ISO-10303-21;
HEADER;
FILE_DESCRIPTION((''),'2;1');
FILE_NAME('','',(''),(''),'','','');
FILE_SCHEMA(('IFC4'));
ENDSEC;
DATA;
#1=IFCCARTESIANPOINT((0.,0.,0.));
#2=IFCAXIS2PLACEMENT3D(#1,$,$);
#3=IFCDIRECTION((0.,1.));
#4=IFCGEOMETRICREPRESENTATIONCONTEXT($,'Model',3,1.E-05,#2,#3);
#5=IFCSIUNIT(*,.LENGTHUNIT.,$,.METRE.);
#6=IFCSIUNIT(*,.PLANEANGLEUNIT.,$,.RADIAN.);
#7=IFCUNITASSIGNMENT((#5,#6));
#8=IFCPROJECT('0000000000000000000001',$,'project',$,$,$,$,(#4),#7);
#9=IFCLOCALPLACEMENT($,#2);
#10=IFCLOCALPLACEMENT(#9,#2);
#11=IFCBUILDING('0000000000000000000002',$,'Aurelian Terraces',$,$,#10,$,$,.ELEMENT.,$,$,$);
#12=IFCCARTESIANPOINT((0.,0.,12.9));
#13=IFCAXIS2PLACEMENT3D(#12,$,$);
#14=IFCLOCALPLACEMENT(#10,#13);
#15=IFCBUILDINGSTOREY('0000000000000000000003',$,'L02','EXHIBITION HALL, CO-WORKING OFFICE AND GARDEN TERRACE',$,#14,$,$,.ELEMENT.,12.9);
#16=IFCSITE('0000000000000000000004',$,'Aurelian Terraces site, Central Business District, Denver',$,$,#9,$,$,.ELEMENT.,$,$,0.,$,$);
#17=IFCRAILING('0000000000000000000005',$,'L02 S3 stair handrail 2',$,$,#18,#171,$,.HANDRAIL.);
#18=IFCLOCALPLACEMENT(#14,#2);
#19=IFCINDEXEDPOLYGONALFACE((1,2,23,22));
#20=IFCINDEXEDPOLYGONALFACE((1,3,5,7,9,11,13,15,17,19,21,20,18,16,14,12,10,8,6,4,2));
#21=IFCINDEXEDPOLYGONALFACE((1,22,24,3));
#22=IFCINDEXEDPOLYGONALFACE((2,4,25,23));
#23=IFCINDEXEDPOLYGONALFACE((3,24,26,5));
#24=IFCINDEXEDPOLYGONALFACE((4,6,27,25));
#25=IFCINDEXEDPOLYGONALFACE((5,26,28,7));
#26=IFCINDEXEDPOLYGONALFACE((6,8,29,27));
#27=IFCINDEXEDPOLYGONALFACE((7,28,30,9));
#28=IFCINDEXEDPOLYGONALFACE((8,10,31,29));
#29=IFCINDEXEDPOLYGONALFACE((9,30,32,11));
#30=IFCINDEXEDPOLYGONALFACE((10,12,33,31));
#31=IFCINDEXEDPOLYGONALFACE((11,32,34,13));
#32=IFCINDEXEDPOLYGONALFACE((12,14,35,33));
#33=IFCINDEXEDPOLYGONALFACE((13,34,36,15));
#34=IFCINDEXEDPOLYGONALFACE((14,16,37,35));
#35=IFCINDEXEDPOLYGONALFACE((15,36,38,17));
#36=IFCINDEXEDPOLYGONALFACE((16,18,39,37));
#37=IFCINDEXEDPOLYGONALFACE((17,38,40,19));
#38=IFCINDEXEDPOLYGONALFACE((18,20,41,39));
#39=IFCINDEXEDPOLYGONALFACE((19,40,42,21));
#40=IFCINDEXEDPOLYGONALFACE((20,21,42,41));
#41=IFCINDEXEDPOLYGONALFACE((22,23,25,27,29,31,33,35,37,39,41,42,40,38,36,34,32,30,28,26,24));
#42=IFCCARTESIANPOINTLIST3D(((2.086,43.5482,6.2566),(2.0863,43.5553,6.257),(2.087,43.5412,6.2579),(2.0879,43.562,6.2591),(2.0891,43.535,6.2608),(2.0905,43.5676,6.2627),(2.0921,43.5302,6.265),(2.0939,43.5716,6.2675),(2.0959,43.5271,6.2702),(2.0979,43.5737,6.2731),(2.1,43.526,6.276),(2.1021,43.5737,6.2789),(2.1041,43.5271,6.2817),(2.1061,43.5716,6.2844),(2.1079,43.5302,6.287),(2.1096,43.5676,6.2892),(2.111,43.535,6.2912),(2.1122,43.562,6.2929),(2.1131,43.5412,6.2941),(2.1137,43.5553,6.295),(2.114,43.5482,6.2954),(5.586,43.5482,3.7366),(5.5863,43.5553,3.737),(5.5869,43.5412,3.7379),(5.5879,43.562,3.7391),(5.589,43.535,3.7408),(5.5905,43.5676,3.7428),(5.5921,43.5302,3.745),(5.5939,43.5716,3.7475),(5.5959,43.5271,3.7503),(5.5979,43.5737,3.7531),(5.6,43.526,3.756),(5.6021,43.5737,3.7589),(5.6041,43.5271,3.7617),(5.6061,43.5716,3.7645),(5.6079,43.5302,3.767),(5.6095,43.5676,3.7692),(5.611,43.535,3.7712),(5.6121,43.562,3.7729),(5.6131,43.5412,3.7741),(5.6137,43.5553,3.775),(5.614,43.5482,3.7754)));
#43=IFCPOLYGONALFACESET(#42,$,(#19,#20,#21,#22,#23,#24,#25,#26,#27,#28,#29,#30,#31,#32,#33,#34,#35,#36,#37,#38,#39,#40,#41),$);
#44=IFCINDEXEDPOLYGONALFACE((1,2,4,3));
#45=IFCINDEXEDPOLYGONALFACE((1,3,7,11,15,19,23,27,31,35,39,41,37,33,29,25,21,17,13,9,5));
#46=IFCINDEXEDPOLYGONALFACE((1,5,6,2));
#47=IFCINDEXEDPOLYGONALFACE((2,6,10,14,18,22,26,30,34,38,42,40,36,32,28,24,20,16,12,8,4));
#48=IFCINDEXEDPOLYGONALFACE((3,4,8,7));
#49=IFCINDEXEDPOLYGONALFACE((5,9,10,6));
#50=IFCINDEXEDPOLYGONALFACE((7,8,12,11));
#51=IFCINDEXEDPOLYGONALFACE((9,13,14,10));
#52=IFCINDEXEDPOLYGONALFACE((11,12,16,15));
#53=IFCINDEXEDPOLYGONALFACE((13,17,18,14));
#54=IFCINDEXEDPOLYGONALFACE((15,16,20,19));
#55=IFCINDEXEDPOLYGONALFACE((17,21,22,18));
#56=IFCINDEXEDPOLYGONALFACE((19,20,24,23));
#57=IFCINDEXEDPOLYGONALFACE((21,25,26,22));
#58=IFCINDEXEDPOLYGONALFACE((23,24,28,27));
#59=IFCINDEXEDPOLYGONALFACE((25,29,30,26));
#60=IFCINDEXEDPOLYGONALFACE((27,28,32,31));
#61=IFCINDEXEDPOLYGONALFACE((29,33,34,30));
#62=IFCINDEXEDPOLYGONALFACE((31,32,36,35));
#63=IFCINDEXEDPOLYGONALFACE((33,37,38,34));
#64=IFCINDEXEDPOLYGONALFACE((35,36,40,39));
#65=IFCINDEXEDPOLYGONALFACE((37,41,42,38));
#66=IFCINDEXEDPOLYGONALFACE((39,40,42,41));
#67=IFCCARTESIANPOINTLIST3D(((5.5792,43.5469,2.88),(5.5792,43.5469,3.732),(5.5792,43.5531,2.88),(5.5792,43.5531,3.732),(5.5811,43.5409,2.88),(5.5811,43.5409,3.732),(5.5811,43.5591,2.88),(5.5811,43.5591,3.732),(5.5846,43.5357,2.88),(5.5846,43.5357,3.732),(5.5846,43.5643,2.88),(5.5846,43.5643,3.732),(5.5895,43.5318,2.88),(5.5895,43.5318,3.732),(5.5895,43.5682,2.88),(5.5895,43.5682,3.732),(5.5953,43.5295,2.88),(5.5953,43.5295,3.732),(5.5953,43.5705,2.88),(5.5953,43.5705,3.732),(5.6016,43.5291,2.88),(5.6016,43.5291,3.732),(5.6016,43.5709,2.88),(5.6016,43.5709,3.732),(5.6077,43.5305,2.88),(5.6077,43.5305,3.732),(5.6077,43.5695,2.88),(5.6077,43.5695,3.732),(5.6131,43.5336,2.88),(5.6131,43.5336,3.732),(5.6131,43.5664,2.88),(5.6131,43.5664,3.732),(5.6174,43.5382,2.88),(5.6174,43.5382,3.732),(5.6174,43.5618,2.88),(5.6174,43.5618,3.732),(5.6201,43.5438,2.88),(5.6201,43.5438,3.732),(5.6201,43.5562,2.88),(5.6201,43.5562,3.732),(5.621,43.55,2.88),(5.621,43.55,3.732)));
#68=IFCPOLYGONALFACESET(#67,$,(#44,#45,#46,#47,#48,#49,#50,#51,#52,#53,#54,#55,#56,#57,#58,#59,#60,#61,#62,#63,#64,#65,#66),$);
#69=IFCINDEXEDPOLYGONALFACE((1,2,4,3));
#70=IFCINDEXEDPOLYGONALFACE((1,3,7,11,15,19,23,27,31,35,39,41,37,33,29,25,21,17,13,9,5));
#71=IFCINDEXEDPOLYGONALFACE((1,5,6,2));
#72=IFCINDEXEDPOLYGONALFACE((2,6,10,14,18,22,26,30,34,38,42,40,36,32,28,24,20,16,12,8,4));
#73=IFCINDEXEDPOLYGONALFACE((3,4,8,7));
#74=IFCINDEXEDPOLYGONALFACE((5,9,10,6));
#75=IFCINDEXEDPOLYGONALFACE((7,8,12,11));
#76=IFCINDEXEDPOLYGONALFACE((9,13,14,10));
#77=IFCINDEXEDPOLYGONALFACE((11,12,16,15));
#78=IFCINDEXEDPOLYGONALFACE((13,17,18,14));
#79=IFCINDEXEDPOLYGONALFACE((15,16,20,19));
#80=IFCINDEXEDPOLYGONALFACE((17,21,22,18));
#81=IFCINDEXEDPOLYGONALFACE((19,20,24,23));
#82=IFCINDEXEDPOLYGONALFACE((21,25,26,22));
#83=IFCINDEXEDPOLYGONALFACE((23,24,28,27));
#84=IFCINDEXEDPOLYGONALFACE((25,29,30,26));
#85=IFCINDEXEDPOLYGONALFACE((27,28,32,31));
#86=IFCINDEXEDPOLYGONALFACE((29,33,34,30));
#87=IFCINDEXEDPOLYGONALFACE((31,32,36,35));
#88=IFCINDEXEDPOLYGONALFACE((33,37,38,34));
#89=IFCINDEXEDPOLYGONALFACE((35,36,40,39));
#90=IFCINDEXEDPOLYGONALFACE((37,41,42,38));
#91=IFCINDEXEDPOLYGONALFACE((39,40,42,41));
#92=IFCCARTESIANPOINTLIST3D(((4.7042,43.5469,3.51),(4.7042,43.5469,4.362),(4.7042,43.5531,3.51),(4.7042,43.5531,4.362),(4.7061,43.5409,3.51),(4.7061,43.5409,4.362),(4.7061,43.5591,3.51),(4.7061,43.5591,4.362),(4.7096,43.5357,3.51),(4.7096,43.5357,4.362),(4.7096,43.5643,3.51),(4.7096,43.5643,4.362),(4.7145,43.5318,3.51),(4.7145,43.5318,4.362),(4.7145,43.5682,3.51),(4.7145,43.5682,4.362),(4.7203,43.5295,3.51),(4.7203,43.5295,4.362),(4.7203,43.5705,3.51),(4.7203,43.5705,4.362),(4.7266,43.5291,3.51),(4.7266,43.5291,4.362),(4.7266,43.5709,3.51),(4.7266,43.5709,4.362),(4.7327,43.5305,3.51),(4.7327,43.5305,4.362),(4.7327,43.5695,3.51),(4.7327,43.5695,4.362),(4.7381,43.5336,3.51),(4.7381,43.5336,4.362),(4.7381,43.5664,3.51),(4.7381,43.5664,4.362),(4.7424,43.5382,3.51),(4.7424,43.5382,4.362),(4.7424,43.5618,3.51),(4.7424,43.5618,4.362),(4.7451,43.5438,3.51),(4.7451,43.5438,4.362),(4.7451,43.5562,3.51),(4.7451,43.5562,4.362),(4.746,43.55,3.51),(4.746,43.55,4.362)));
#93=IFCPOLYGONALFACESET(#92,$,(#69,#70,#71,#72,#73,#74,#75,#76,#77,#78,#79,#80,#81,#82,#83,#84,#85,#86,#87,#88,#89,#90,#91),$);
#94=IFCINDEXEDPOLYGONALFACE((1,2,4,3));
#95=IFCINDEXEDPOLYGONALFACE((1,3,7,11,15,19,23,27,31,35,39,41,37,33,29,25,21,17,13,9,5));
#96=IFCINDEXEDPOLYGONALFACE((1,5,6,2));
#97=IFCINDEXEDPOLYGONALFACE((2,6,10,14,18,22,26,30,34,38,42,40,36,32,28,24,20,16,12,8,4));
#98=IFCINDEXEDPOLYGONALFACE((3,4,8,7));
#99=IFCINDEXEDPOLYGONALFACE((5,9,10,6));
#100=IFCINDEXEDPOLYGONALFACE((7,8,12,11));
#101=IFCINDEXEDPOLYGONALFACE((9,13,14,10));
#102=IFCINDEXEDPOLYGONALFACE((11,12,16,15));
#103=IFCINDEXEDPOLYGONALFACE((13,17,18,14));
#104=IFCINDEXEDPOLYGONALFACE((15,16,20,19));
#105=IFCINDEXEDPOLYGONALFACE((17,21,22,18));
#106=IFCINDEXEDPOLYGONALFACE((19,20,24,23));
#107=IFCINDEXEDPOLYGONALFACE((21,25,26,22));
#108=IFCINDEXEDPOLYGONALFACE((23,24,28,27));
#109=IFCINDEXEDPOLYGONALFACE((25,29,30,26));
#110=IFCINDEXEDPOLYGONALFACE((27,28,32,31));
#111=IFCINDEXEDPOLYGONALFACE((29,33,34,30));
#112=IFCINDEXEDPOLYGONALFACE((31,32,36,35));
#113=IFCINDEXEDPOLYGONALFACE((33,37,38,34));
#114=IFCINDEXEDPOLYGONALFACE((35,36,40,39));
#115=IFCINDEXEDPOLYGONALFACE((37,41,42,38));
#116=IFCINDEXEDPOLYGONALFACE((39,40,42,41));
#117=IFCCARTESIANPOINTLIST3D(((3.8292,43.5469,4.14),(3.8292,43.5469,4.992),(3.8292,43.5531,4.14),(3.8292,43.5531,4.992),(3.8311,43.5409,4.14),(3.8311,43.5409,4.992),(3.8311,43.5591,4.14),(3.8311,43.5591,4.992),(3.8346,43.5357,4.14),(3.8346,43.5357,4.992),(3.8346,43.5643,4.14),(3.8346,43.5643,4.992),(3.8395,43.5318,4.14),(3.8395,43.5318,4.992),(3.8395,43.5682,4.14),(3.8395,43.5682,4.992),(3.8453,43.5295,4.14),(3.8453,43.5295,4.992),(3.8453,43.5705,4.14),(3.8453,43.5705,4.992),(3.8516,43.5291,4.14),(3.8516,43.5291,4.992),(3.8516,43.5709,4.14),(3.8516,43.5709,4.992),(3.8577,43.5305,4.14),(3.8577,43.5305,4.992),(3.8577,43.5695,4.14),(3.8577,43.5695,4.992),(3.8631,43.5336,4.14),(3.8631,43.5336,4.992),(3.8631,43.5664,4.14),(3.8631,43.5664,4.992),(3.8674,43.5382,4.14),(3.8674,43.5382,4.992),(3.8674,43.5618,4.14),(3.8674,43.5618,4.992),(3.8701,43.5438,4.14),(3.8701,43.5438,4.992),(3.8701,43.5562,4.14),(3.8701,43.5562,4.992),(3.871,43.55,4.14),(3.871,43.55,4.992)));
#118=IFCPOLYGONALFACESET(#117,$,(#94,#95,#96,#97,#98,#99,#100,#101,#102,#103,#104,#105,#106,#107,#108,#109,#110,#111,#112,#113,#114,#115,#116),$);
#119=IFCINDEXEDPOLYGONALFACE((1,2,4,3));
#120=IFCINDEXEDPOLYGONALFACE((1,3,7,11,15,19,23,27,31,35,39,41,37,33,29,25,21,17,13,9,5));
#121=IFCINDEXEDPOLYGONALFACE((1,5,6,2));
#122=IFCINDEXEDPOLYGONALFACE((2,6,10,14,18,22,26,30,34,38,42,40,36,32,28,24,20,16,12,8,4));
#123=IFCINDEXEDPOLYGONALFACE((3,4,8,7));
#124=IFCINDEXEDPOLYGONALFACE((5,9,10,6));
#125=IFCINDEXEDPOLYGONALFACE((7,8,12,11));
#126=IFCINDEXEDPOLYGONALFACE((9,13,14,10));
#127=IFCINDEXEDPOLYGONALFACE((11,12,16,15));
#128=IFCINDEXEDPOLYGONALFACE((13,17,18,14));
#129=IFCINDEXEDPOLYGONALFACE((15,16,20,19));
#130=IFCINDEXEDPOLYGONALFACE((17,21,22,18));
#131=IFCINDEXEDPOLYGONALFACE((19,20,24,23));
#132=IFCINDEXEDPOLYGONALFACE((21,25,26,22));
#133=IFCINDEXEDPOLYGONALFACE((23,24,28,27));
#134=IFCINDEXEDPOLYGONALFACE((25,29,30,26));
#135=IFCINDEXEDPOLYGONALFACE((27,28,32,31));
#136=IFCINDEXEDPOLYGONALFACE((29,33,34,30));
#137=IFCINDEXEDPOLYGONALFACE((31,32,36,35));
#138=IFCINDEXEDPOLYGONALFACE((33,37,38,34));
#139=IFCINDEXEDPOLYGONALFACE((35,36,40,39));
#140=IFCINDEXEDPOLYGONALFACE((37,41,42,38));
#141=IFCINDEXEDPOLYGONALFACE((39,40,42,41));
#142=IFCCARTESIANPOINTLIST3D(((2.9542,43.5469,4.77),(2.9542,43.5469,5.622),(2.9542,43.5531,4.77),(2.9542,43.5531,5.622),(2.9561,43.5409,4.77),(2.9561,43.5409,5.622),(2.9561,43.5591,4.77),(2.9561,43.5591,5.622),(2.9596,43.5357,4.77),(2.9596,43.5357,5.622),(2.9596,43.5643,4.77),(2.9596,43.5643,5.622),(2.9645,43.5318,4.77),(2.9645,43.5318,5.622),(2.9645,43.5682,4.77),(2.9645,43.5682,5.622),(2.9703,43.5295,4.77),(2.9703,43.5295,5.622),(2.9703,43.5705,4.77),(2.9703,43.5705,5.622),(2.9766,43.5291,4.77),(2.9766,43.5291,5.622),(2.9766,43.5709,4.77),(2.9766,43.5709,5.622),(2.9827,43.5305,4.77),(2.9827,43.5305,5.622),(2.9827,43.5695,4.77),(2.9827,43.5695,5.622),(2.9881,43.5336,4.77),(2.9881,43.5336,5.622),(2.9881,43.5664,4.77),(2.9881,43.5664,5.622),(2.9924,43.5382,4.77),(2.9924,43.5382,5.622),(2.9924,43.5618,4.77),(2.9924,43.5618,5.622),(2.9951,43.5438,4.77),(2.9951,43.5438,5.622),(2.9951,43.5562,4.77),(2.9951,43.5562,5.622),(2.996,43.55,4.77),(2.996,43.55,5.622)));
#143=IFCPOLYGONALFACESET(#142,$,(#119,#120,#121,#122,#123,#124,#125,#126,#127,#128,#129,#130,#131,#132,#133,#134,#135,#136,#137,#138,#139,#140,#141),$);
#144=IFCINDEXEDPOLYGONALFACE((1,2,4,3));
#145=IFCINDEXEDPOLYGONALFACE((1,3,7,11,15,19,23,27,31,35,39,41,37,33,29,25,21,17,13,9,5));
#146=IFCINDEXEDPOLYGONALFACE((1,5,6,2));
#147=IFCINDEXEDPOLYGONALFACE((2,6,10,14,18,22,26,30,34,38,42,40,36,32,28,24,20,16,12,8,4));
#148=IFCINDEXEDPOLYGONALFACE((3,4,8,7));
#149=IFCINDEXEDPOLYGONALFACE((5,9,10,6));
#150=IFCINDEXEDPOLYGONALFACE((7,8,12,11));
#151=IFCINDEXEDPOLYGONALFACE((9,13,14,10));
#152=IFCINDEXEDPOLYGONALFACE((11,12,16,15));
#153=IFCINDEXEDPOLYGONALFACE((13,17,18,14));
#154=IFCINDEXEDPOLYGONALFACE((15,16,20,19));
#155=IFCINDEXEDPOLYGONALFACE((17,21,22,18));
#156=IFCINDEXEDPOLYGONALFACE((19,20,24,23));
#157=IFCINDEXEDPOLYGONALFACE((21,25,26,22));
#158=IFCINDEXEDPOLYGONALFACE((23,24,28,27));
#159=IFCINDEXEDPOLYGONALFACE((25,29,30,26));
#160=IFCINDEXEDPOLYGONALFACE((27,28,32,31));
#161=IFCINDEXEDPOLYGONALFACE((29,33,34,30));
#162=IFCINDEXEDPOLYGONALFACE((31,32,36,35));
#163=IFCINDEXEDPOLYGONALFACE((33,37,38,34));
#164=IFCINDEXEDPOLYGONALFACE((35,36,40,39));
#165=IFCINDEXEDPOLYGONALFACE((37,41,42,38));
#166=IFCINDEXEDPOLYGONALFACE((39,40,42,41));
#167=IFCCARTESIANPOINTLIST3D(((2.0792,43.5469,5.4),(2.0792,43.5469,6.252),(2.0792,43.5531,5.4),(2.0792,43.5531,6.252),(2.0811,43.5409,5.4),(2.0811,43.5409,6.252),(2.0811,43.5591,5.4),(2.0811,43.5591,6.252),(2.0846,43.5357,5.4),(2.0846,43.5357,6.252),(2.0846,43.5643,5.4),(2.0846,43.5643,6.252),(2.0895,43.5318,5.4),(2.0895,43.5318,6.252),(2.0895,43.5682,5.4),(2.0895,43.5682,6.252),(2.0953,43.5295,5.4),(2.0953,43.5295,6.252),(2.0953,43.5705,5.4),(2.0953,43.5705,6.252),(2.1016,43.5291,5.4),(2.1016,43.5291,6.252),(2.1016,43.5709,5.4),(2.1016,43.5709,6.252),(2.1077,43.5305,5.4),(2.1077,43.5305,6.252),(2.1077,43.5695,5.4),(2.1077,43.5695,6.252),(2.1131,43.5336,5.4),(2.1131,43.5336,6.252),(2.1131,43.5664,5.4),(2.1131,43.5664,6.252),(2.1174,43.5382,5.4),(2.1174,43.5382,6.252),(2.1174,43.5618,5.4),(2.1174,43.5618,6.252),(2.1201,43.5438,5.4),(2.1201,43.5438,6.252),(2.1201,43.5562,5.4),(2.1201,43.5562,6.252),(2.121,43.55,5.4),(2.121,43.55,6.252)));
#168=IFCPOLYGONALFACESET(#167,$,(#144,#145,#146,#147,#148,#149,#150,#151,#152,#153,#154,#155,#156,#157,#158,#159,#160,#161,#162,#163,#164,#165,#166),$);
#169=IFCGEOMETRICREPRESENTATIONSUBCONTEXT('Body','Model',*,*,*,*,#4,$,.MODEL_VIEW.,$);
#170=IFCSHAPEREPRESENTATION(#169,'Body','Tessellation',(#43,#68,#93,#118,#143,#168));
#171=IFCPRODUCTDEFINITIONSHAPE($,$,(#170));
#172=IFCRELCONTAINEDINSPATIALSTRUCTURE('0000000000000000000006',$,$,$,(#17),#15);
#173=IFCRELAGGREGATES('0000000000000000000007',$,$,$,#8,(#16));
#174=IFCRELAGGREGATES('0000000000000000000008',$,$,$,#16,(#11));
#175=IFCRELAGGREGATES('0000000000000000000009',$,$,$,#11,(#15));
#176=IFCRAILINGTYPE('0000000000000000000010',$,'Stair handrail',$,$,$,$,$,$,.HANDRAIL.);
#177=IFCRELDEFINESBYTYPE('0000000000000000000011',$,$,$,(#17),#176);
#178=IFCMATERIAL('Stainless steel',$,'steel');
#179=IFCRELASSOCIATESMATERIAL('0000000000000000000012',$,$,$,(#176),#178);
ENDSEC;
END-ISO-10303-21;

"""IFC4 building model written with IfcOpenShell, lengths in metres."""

from ifc_helpers import new_model, si_unit, direction, frame, origin, origin_2d, place, context, subcontext, project, spatial, circle, extrude, source, transform, mapped, material, type_object, element, save


model = new_model("IFC4")

# Units and contexts
model_context = context("Model", 3, precision=1e-05, world=origin(), true_north=direction((0.0, 1.0)))
body_context = subcontext(model_context, "Body", "Model", "MODEL_VIEW")
ifc_project = project(units=[si_unit("LENGTHUNIT", "METRE"), si_unit("PLANEANGLEUNIT", "RADIAN")], contexts=[model_context])

# Site, building, storey
site_placement = place(None, origin())
site = spatial("IfcSite", under=ifc_project, at=site_placement, Name="Aurelian Terraces site, Central Business District, Denver", CompositionType="ELEMENT", RefElevation=0.0)
building_placement = place(site_placement, origin())
building = spatial("IfcBuilding", under=site, at=building_placement, Name="Aurelian Terraces", CompositionType="ELEMENT")
storey_placement = place(building_placement, frame((0.0, 0.0, 12.9)))
storey = spatial("IfcBuildingStorey", under=building, at=storey_placement, Name="L02", Description="EXHIBITION HALL, CO-WORKING OFFICE AND GARDEN TERRACE", CompositionType="ELEMENT", Elevation=12.9)

# Railing
ifc_material_1 = material(Name="Stainless steel", Category="steel")
railing_type_1 = type_object("IfcRailingType", Name="Stair handrail", PredefinedType="HANDRAIL", material=ifc_material_1)
shared_shape_1 = source(origin(), body_context, "Body", "SweptSolid", [
    extrude(circle(Radius=0.024, at=origin_2d()), frame((0.0, 0.0, 0.876), z_axis=(-0.811534, 0.0, 0.584305), x_axis=(0.0, -1.0, 0.0)), (0.0, 0.0, 1.0), 4.3128),
    extrude(circle(Radius=0.021, at=origin_2d()), origin(), (0.0, 0.0, 1.0), 0.852),
    extrude(circle(Radius=0.021, at=origin_2d()), frame((-0.875, 0.0, 0.63)), (0.0, 0.0, 1.0), 0.852),
    extrude(circle(Radius=0.021, at=origin_2d()), frame((-1.75, 0.0, 1.26)), (0.0, 0.0, 1.0), 0.852),
    extrude(circle(Radius=0.021, at=origin_2d()), frame((-2.625, 0.0, 1.89)), (0.0, 0.0, 1.0), 0.852),
    extrude(circle(Radius=0.021, at=origin_2d()), frame((-3.5, 0.0, 2.52)), (0.0, 0.0, 1.0), 0.852),
])
railing_1_placement = place(storey_placement, frame((5.6, 43.55, 2.88)))
element("IfcRailing", 1, at=railing_1_placement, inside=storey, type_object=railing_type_1, Name="L02 S3 stair handrail 2", PredefinedType="HANDRAIL", context=body_context, shape_type="MappedRepresentation", body=[
    mapped(shared_shape_1, transform((0.0, 0.0, 0.0), scale=1.0)),
])

save(model, "model.ifc")
